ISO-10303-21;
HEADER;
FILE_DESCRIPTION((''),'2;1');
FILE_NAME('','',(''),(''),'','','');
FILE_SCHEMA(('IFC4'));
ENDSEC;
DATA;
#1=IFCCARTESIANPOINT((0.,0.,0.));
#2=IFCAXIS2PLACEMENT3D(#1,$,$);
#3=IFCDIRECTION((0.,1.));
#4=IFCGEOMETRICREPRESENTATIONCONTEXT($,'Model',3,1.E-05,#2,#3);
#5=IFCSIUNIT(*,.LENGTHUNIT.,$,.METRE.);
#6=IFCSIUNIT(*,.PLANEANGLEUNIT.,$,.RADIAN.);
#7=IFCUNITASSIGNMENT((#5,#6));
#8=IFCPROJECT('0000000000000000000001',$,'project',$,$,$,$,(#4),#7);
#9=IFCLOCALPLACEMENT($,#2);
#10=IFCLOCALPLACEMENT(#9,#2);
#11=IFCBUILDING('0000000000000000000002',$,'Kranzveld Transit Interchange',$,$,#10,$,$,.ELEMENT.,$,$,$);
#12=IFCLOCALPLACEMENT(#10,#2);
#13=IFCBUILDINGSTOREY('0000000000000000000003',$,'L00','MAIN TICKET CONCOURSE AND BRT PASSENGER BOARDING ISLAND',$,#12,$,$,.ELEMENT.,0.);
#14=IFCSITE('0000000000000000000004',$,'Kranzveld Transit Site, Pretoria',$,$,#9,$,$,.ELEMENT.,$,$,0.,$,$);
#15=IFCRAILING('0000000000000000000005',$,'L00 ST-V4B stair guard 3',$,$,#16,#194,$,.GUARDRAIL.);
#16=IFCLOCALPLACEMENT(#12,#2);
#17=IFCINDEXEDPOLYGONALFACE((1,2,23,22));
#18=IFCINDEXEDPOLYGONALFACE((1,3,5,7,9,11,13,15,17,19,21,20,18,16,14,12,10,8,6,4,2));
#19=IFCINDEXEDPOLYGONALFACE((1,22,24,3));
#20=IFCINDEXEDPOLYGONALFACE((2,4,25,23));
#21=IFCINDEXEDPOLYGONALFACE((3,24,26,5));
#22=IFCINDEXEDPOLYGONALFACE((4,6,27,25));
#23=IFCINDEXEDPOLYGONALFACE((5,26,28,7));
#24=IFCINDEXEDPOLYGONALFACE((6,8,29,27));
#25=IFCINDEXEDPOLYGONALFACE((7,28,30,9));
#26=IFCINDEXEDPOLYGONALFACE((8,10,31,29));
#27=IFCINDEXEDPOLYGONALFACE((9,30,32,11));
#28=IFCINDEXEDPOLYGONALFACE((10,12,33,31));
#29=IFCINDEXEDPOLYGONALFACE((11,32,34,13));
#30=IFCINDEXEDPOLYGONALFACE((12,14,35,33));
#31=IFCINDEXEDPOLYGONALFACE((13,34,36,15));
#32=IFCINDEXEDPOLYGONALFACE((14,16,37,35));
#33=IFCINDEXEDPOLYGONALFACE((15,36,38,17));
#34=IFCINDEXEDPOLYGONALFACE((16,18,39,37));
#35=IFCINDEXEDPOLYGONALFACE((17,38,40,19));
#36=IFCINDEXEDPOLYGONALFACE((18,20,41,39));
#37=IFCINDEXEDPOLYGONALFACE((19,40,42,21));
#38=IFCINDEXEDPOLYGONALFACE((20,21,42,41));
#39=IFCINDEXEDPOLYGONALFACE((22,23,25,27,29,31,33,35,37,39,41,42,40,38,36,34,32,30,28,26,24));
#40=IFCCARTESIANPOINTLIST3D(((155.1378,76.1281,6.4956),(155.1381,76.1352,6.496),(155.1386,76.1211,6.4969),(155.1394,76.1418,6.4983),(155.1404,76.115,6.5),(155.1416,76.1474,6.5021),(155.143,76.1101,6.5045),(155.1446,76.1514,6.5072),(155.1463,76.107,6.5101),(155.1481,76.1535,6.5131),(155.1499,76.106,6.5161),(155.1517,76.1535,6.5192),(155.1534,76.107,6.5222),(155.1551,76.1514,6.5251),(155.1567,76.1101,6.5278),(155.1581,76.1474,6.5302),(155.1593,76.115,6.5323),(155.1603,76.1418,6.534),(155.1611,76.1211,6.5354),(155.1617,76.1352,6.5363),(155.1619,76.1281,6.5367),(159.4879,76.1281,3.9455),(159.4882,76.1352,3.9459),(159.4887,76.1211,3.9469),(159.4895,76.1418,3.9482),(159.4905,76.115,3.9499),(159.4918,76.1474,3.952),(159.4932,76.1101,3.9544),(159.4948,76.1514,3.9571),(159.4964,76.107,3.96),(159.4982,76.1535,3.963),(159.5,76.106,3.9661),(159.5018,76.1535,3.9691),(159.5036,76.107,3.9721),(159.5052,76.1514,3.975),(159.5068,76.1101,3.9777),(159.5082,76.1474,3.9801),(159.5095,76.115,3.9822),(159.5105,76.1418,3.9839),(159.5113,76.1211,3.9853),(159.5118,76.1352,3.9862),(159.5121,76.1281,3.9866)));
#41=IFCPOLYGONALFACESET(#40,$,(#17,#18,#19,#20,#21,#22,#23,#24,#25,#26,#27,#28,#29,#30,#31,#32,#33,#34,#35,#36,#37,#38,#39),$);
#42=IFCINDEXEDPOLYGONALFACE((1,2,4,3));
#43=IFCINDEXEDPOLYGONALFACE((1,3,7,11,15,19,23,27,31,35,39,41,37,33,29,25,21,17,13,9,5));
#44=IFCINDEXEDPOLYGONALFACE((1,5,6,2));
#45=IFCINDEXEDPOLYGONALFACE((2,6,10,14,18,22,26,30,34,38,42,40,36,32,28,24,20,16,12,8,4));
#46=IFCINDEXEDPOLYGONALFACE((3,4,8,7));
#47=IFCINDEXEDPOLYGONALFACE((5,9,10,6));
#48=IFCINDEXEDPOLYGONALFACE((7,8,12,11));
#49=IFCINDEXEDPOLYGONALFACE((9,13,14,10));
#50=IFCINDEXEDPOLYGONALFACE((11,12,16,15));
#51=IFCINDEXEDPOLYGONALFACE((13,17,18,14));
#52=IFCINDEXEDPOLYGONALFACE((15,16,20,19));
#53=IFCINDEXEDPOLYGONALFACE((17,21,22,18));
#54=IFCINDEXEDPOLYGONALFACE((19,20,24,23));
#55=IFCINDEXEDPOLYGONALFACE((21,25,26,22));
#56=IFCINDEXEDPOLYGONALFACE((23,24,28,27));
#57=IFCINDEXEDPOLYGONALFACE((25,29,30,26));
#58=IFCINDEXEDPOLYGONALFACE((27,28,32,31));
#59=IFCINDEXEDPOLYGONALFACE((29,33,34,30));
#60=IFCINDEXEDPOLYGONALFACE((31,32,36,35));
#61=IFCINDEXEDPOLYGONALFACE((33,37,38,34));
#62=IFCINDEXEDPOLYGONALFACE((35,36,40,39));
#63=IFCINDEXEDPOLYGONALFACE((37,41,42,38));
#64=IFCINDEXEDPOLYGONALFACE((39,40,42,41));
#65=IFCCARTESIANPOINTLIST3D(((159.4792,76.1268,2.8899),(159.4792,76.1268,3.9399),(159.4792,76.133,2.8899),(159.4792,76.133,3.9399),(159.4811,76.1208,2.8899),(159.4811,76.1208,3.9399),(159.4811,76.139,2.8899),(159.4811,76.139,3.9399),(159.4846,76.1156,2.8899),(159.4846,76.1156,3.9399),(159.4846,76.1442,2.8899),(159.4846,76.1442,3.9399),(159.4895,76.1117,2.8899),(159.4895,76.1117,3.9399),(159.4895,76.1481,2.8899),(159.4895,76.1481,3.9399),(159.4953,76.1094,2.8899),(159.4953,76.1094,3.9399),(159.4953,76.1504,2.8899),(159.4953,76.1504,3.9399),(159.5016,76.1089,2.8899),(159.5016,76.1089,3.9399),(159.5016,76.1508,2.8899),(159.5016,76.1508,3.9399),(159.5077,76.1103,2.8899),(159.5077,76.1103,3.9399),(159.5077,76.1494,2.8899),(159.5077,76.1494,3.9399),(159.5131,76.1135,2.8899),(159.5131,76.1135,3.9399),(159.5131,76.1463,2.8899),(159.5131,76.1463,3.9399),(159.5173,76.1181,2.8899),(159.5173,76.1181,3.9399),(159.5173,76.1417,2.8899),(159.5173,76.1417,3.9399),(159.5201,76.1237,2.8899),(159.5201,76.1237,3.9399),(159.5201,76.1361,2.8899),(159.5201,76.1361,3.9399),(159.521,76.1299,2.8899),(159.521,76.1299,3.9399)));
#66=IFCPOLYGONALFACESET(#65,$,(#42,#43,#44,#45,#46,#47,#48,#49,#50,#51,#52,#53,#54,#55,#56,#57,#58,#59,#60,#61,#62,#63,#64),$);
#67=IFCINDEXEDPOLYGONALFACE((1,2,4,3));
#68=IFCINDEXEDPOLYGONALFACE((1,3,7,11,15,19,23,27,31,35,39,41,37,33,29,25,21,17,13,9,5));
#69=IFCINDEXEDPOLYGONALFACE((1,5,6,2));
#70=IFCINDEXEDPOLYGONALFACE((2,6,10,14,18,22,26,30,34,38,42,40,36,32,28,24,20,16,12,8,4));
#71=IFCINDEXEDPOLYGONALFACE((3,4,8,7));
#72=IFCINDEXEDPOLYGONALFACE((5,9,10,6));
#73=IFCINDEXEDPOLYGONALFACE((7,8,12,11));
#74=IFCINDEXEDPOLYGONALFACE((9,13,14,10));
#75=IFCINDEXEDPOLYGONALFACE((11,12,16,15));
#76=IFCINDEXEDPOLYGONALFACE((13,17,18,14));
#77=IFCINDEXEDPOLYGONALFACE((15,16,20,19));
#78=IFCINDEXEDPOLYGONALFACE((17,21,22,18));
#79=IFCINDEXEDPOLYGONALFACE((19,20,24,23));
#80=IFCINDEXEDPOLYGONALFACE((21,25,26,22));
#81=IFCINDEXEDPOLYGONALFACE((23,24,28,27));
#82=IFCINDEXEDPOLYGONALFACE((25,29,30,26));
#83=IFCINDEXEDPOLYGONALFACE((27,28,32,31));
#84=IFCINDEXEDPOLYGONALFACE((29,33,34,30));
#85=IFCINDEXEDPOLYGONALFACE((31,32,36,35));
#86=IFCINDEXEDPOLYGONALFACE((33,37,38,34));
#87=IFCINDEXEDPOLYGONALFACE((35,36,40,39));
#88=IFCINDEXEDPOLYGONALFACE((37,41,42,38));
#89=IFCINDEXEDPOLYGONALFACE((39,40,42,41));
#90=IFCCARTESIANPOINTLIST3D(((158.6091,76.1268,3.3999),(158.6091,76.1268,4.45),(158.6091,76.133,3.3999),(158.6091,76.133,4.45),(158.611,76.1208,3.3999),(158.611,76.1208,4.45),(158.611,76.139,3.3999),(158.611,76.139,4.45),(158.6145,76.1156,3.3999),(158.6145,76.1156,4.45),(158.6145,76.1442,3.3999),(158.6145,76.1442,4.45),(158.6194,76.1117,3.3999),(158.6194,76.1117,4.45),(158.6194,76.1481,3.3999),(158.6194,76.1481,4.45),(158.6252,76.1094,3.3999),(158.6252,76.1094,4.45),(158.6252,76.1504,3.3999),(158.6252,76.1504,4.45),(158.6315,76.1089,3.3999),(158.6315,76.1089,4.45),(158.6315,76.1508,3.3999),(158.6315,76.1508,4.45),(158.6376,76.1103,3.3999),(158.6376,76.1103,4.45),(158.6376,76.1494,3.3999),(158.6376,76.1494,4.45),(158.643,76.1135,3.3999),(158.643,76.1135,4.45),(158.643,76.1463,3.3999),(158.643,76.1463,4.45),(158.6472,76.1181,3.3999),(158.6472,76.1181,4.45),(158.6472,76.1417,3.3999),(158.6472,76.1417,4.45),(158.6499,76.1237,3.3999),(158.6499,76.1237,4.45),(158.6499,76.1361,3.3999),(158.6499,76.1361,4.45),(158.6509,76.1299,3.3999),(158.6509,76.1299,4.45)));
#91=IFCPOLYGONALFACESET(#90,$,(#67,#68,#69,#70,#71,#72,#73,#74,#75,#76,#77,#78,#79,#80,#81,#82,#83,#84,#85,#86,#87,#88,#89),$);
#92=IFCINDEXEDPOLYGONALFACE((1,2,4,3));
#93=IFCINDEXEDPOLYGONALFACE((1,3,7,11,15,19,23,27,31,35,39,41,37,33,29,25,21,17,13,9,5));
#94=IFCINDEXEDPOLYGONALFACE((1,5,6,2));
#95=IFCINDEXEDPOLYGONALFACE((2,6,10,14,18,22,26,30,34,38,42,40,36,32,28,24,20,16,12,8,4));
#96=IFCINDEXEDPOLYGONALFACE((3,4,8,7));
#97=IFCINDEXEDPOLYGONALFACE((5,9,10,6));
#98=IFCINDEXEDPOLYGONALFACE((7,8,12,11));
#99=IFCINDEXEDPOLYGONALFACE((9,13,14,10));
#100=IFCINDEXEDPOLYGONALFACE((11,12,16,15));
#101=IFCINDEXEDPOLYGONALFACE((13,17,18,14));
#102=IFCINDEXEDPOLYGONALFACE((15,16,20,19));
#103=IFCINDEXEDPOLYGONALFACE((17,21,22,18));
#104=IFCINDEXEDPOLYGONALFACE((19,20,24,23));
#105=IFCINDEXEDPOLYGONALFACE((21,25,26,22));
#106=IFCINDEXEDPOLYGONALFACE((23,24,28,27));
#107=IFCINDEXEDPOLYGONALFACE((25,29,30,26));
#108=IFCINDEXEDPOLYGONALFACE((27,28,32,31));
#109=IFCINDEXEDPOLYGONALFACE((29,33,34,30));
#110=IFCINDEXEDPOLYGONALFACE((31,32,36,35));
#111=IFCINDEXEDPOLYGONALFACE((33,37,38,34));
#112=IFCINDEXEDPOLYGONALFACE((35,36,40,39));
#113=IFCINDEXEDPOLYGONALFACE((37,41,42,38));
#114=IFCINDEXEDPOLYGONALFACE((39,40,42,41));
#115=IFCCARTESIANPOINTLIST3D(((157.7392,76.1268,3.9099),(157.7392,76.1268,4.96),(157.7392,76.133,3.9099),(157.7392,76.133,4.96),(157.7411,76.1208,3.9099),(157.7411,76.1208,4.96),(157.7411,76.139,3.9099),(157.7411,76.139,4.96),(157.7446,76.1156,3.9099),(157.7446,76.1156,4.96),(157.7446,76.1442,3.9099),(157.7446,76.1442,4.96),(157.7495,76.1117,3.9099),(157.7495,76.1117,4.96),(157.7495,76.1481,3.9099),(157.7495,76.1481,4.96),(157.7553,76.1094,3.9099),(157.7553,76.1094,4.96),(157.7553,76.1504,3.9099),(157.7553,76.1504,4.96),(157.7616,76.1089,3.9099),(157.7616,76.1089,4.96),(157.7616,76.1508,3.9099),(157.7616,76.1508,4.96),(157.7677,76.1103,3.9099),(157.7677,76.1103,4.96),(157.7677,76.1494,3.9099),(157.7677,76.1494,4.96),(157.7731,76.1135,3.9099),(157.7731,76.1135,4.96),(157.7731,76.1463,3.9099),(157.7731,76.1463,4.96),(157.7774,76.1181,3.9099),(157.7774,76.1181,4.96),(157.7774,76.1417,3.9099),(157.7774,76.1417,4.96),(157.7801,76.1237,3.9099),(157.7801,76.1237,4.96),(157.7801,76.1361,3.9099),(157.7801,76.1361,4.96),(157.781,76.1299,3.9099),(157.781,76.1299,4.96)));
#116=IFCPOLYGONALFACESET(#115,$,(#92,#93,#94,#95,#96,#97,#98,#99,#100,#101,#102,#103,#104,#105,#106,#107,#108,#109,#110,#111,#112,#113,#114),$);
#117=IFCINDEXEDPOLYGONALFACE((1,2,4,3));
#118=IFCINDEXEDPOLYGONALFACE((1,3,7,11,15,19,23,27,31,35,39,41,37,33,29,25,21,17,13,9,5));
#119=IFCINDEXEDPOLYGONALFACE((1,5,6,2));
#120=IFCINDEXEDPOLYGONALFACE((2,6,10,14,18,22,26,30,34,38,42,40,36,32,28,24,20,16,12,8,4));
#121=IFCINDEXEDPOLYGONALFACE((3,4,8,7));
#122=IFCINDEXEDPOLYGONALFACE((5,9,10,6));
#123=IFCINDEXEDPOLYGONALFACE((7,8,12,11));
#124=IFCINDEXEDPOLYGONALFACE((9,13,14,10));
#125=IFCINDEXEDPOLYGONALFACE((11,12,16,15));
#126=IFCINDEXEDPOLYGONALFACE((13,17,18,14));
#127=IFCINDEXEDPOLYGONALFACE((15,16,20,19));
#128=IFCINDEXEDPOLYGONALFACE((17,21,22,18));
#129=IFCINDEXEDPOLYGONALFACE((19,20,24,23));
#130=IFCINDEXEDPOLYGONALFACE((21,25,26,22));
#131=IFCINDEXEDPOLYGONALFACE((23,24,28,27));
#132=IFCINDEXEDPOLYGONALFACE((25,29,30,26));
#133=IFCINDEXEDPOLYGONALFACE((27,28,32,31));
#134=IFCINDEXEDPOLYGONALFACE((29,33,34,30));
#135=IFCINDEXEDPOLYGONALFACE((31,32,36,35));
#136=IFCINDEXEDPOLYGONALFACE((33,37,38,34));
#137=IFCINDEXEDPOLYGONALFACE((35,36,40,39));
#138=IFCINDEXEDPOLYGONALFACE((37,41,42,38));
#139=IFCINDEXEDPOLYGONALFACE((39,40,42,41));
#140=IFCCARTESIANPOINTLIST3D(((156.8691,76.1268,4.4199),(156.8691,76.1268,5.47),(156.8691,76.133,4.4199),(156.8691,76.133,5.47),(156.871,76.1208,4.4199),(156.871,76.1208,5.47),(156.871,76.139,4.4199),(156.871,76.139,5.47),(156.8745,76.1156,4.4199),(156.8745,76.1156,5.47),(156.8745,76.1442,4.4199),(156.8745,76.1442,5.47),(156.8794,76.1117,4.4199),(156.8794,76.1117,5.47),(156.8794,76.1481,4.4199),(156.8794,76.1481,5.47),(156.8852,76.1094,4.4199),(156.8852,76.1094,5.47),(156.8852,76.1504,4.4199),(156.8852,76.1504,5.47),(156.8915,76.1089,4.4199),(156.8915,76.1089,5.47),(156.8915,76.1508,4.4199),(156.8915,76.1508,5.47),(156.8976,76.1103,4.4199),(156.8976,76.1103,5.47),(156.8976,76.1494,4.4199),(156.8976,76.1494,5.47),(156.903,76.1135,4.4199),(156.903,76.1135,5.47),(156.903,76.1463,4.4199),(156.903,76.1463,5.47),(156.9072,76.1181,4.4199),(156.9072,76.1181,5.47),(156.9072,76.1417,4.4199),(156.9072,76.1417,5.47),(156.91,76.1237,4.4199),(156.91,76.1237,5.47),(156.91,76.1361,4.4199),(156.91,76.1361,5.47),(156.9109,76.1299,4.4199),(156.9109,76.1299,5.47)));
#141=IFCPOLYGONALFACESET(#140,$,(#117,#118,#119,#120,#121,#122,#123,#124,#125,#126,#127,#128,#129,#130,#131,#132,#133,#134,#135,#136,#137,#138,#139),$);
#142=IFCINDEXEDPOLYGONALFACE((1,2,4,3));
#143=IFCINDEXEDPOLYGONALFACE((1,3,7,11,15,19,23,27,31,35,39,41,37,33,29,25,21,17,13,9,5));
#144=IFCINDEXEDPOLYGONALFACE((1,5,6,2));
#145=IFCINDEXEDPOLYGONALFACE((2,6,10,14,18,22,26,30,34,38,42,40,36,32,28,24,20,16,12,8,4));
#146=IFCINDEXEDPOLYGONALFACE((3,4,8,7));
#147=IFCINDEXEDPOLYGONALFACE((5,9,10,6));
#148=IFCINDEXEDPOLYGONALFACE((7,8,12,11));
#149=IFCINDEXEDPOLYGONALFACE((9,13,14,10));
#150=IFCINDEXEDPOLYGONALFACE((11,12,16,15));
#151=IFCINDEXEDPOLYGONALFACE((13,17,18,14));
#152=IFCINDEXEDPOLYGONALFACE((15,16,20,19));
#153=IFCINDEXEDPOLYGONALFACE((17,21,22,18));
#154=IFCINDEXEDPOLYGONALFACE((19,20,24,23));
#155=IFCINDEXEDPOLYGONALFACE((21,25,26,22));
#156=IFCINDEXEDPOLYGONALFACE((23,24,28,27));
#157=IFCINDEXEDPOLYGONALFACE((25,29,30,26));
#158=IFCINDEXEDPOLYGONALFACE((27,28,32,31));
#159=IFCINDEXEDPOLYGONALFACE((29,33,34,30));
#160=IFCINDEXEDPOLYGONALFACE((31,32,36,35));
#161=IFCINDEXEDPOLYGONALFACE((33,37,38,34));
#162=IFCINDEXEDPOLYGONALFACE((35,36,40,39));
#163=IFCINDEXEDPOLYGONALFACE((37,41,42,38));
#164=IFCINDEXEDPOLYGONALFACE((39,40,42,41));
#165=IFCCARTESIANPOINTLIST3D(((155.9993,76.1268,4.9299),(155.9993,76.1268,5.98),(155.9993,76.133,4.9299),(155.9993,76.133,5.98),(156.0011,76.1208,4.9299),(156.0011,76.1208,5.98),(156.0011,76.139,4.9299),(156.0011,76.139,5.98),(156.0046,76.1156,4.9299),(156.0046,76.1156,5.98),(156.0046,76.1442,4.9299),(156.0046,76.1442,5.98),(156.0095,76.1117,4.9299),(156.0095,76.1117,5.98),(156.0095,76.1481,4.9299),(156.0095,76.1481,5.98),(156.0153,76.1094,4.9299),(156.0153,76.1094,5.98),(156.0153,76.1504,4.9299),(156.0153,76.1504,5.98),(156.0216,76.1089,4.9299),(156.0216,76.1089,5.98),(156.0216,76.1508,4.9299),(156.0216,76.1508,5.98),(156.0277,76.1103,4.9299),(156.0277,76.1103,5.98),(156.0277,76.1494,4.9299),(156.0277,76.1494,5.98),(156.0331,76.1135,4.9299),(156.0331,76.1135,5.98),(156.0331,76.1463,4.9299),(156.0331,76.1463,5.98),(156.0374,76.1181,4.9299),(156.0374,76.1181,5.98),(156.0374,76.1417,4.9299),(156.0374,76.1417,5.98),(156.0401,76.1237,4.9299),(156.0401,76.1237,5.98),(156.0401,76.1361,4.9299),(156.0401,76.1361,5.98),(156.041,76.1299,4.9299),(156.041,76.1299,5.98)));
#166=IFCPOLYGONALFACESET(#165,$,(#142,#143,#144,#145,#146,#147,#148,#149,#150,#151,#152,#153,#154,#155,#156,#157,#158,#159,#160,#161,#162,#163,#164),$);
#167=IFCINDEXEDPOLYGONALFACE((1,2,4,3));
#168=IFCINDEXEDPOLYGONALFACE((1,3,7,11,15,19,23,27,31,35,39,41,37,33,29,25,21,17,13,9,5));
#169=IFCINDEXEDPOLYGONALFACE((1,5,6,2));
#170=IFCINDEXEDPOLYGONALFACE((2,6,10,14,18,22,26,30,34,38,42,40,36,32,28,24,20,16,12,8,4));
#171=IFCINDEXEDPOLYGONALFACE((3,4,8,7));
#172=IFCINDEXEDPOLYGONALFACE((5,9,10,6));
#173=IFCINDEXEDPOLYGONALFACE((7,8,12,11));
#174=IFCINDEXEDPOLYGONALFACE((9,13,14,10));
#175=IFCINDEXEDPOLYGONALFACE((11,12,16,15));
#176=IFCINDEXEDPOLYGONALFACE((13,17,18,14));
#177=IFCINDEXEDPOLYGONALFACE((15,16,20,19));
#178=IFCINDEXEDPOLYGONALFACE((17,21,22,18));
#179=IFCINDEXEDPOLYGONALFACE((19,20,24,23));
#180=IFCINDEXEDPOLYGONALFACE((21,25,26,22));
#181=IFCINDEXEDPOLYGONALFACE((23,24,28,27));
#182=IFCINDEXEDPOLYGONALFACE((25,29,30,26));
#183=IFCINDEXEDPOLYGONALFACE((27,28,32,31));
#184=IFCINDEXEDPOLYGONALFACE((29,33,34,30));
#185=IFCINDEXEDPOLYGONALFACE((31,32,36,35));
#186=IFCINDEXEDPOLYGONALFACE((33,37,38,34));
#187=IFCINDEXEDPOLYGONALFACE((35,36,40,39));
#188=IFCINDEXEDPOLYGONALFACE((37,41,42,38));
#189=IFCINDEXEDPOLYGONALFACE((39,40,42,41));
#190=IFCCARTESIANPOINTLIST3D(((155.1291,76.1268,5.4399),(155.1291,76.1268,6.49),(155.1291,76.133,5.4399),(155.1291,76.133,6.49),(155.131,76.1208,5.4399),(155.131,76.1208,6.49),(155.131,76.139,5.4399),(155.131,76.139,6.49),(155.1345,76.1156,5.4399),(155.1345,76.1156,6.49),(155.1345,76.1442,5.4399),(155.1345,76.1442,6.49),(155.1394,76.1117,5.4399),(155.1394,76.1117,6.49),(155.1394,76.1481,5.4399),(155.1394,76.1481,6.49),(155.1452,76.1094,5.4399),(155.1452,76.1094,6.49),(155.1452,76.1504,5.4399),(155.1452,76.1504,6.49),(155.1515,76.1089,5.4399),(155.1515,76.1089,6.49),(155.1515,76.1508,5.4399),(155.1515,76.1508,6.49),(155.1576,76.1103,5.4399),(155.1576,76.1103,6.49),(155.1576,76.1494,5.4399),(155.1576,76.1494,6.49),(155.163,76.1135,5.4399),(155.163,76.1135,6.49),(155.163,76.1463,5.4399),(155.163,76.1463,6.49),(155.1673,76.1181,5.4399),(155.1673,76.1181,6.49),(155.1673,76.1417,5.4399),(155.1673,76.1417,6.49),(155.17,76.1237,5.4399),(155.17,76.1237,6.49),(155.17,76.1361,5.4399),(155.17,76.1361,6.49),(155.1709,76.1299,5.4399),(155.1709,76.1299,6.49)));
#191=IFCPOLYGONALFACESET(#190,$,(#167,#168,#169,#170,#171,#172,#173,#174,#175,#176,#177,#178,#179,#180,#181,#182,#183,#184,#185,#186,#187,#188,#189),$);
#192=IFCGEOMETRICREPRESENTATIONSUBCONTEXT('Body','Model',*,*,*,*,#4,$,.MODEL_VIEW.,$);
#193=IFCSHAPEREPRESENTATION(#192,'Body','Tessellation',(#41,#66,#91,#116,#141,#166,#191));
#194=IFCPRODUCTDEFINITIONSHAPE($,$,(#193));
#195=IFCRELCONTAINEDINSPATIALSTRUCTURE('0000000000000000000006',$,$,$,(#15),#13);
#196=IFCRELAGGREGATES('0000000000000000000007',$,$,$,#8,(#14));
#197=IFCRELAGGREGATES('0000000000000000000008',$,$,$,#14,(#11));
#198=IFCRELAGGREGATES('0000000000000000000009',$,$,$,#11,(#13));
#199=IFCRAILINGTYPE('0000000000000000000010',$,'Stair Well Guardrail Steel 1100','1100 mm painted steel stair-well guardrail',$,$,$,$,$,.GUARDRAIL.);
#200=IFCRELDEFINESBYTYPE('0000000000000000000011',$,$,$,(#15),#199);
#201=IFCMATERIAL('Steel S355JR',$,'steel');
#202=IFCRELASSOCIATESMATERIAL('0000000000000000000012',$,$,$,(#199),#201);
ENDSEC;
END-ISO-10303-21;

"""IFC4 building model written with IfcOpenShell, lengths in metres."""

from ifc_helpers import new_model, si_unit, direction, frame, origin, origin_2d, place, context, subcontext, project, spatial, circle, extrude, material, type_object, element, save


model = new_model("IFC4")

# Units and contexts
model_context = context("Model", 3, precision=1e-05, world=origin(), true_north=direction((0.0, 1.0)))
body_context = subcontext(model_context, "Body", "Model", "MODEL_VIEW")
ifc_project = project(units=[si_unit("LENGTHUNIT", "METRE"), si_unit("PLANEANGLEUNIT", "RADIAN")], contexts=[model_context])

# Site, building, storey
site_placement = place(None, origin())
site = spatial("IfcSite", under=ifc_project, at=site_placement, Name="Kranzveld Transit Site, Pretoria", CompositionType="ELEMENT", RefElevation=0.0)
building_placement = place(site_placement, origin())
building = spatial("IfcBuilding", under=site, at=building_placement, Name="Kranzveld Transit Interchange", CompositionType="ELEMENT")
storey_placement = place(building_placement, origin())
storey = spatial("IfcBuildingStorey", under=building, at=storey_placement, Name="L00", Description="MAIN TICKET CONCOURSE AND BRT PASSENGER BOARDING ISLAND", CompositionType="ELEMENT", Elevation=0.0)

# Railing
ifc_material_1 = material(Name="Steel S355JR", Category="steel")
railing_type_1 = type_object("IfcRailingType", Name="Stair Well Guardrail Steel 1100", Description="1100 mm painted steel stair-well guardrail", PredefinedType="GUARDRAIL", material=ifc_material_1)
railing_1_placement = place(storey_placement, frame((159.5, 76.1299, 2.8899)))
element("IfcRailing", 1, at=railing_1_placement, inside=storey, type_object=railing_type_1, Name="L00 ST-V4B stair guard 3", PredefinedType="GUARDRAIL", context=body_context, shape_type="SweptSolid", body=[
    extrude(circle(Radius=0.0239, at=origin_2d()), frame((0.0, 0.0, 1.0762), z_axis=(-0.862699, 0.0, 0.505718), x_axis=(0.0, -1.0, 0.0)), (0.0, 0.0, 1.0), 5.0425),
    extrude(circle(Radius=0.021, at=origin_2d()), origin(), (0.0, 0.0, 1.0), 1.05),
    extrude(circle(Radius=0.021, at=origin_2d()), frame((-0.8701, 0.0, 0.51)), (0.0, 0.0, 1.0), 1.05),
    extrude(circle(Radius=0.021, at=origin_2d()), frame((-1.74, 0.0, 1.02)), (0.0, 0.0, 1.0), 1.05),
    extrude(circle(Radius=0.021, at=origin_2d()), frame((-2.6101, 0.0, 1.53)), (0.0, 0.0, 1.0), 1.05),
    extrude(circle(Radius=0.021, at=origin_2d()), frame((-3.48, 0.0, 2.04)), (0.0, 0.0, 1.0), 1.05),
    extrude(circle(Radius=0.021, at=origin_2d()), frame((-4.3501, 0.0, 2.55)), (0.0, 0.0, 1.0), 1.05),
])

save(model, "model.ifc")
